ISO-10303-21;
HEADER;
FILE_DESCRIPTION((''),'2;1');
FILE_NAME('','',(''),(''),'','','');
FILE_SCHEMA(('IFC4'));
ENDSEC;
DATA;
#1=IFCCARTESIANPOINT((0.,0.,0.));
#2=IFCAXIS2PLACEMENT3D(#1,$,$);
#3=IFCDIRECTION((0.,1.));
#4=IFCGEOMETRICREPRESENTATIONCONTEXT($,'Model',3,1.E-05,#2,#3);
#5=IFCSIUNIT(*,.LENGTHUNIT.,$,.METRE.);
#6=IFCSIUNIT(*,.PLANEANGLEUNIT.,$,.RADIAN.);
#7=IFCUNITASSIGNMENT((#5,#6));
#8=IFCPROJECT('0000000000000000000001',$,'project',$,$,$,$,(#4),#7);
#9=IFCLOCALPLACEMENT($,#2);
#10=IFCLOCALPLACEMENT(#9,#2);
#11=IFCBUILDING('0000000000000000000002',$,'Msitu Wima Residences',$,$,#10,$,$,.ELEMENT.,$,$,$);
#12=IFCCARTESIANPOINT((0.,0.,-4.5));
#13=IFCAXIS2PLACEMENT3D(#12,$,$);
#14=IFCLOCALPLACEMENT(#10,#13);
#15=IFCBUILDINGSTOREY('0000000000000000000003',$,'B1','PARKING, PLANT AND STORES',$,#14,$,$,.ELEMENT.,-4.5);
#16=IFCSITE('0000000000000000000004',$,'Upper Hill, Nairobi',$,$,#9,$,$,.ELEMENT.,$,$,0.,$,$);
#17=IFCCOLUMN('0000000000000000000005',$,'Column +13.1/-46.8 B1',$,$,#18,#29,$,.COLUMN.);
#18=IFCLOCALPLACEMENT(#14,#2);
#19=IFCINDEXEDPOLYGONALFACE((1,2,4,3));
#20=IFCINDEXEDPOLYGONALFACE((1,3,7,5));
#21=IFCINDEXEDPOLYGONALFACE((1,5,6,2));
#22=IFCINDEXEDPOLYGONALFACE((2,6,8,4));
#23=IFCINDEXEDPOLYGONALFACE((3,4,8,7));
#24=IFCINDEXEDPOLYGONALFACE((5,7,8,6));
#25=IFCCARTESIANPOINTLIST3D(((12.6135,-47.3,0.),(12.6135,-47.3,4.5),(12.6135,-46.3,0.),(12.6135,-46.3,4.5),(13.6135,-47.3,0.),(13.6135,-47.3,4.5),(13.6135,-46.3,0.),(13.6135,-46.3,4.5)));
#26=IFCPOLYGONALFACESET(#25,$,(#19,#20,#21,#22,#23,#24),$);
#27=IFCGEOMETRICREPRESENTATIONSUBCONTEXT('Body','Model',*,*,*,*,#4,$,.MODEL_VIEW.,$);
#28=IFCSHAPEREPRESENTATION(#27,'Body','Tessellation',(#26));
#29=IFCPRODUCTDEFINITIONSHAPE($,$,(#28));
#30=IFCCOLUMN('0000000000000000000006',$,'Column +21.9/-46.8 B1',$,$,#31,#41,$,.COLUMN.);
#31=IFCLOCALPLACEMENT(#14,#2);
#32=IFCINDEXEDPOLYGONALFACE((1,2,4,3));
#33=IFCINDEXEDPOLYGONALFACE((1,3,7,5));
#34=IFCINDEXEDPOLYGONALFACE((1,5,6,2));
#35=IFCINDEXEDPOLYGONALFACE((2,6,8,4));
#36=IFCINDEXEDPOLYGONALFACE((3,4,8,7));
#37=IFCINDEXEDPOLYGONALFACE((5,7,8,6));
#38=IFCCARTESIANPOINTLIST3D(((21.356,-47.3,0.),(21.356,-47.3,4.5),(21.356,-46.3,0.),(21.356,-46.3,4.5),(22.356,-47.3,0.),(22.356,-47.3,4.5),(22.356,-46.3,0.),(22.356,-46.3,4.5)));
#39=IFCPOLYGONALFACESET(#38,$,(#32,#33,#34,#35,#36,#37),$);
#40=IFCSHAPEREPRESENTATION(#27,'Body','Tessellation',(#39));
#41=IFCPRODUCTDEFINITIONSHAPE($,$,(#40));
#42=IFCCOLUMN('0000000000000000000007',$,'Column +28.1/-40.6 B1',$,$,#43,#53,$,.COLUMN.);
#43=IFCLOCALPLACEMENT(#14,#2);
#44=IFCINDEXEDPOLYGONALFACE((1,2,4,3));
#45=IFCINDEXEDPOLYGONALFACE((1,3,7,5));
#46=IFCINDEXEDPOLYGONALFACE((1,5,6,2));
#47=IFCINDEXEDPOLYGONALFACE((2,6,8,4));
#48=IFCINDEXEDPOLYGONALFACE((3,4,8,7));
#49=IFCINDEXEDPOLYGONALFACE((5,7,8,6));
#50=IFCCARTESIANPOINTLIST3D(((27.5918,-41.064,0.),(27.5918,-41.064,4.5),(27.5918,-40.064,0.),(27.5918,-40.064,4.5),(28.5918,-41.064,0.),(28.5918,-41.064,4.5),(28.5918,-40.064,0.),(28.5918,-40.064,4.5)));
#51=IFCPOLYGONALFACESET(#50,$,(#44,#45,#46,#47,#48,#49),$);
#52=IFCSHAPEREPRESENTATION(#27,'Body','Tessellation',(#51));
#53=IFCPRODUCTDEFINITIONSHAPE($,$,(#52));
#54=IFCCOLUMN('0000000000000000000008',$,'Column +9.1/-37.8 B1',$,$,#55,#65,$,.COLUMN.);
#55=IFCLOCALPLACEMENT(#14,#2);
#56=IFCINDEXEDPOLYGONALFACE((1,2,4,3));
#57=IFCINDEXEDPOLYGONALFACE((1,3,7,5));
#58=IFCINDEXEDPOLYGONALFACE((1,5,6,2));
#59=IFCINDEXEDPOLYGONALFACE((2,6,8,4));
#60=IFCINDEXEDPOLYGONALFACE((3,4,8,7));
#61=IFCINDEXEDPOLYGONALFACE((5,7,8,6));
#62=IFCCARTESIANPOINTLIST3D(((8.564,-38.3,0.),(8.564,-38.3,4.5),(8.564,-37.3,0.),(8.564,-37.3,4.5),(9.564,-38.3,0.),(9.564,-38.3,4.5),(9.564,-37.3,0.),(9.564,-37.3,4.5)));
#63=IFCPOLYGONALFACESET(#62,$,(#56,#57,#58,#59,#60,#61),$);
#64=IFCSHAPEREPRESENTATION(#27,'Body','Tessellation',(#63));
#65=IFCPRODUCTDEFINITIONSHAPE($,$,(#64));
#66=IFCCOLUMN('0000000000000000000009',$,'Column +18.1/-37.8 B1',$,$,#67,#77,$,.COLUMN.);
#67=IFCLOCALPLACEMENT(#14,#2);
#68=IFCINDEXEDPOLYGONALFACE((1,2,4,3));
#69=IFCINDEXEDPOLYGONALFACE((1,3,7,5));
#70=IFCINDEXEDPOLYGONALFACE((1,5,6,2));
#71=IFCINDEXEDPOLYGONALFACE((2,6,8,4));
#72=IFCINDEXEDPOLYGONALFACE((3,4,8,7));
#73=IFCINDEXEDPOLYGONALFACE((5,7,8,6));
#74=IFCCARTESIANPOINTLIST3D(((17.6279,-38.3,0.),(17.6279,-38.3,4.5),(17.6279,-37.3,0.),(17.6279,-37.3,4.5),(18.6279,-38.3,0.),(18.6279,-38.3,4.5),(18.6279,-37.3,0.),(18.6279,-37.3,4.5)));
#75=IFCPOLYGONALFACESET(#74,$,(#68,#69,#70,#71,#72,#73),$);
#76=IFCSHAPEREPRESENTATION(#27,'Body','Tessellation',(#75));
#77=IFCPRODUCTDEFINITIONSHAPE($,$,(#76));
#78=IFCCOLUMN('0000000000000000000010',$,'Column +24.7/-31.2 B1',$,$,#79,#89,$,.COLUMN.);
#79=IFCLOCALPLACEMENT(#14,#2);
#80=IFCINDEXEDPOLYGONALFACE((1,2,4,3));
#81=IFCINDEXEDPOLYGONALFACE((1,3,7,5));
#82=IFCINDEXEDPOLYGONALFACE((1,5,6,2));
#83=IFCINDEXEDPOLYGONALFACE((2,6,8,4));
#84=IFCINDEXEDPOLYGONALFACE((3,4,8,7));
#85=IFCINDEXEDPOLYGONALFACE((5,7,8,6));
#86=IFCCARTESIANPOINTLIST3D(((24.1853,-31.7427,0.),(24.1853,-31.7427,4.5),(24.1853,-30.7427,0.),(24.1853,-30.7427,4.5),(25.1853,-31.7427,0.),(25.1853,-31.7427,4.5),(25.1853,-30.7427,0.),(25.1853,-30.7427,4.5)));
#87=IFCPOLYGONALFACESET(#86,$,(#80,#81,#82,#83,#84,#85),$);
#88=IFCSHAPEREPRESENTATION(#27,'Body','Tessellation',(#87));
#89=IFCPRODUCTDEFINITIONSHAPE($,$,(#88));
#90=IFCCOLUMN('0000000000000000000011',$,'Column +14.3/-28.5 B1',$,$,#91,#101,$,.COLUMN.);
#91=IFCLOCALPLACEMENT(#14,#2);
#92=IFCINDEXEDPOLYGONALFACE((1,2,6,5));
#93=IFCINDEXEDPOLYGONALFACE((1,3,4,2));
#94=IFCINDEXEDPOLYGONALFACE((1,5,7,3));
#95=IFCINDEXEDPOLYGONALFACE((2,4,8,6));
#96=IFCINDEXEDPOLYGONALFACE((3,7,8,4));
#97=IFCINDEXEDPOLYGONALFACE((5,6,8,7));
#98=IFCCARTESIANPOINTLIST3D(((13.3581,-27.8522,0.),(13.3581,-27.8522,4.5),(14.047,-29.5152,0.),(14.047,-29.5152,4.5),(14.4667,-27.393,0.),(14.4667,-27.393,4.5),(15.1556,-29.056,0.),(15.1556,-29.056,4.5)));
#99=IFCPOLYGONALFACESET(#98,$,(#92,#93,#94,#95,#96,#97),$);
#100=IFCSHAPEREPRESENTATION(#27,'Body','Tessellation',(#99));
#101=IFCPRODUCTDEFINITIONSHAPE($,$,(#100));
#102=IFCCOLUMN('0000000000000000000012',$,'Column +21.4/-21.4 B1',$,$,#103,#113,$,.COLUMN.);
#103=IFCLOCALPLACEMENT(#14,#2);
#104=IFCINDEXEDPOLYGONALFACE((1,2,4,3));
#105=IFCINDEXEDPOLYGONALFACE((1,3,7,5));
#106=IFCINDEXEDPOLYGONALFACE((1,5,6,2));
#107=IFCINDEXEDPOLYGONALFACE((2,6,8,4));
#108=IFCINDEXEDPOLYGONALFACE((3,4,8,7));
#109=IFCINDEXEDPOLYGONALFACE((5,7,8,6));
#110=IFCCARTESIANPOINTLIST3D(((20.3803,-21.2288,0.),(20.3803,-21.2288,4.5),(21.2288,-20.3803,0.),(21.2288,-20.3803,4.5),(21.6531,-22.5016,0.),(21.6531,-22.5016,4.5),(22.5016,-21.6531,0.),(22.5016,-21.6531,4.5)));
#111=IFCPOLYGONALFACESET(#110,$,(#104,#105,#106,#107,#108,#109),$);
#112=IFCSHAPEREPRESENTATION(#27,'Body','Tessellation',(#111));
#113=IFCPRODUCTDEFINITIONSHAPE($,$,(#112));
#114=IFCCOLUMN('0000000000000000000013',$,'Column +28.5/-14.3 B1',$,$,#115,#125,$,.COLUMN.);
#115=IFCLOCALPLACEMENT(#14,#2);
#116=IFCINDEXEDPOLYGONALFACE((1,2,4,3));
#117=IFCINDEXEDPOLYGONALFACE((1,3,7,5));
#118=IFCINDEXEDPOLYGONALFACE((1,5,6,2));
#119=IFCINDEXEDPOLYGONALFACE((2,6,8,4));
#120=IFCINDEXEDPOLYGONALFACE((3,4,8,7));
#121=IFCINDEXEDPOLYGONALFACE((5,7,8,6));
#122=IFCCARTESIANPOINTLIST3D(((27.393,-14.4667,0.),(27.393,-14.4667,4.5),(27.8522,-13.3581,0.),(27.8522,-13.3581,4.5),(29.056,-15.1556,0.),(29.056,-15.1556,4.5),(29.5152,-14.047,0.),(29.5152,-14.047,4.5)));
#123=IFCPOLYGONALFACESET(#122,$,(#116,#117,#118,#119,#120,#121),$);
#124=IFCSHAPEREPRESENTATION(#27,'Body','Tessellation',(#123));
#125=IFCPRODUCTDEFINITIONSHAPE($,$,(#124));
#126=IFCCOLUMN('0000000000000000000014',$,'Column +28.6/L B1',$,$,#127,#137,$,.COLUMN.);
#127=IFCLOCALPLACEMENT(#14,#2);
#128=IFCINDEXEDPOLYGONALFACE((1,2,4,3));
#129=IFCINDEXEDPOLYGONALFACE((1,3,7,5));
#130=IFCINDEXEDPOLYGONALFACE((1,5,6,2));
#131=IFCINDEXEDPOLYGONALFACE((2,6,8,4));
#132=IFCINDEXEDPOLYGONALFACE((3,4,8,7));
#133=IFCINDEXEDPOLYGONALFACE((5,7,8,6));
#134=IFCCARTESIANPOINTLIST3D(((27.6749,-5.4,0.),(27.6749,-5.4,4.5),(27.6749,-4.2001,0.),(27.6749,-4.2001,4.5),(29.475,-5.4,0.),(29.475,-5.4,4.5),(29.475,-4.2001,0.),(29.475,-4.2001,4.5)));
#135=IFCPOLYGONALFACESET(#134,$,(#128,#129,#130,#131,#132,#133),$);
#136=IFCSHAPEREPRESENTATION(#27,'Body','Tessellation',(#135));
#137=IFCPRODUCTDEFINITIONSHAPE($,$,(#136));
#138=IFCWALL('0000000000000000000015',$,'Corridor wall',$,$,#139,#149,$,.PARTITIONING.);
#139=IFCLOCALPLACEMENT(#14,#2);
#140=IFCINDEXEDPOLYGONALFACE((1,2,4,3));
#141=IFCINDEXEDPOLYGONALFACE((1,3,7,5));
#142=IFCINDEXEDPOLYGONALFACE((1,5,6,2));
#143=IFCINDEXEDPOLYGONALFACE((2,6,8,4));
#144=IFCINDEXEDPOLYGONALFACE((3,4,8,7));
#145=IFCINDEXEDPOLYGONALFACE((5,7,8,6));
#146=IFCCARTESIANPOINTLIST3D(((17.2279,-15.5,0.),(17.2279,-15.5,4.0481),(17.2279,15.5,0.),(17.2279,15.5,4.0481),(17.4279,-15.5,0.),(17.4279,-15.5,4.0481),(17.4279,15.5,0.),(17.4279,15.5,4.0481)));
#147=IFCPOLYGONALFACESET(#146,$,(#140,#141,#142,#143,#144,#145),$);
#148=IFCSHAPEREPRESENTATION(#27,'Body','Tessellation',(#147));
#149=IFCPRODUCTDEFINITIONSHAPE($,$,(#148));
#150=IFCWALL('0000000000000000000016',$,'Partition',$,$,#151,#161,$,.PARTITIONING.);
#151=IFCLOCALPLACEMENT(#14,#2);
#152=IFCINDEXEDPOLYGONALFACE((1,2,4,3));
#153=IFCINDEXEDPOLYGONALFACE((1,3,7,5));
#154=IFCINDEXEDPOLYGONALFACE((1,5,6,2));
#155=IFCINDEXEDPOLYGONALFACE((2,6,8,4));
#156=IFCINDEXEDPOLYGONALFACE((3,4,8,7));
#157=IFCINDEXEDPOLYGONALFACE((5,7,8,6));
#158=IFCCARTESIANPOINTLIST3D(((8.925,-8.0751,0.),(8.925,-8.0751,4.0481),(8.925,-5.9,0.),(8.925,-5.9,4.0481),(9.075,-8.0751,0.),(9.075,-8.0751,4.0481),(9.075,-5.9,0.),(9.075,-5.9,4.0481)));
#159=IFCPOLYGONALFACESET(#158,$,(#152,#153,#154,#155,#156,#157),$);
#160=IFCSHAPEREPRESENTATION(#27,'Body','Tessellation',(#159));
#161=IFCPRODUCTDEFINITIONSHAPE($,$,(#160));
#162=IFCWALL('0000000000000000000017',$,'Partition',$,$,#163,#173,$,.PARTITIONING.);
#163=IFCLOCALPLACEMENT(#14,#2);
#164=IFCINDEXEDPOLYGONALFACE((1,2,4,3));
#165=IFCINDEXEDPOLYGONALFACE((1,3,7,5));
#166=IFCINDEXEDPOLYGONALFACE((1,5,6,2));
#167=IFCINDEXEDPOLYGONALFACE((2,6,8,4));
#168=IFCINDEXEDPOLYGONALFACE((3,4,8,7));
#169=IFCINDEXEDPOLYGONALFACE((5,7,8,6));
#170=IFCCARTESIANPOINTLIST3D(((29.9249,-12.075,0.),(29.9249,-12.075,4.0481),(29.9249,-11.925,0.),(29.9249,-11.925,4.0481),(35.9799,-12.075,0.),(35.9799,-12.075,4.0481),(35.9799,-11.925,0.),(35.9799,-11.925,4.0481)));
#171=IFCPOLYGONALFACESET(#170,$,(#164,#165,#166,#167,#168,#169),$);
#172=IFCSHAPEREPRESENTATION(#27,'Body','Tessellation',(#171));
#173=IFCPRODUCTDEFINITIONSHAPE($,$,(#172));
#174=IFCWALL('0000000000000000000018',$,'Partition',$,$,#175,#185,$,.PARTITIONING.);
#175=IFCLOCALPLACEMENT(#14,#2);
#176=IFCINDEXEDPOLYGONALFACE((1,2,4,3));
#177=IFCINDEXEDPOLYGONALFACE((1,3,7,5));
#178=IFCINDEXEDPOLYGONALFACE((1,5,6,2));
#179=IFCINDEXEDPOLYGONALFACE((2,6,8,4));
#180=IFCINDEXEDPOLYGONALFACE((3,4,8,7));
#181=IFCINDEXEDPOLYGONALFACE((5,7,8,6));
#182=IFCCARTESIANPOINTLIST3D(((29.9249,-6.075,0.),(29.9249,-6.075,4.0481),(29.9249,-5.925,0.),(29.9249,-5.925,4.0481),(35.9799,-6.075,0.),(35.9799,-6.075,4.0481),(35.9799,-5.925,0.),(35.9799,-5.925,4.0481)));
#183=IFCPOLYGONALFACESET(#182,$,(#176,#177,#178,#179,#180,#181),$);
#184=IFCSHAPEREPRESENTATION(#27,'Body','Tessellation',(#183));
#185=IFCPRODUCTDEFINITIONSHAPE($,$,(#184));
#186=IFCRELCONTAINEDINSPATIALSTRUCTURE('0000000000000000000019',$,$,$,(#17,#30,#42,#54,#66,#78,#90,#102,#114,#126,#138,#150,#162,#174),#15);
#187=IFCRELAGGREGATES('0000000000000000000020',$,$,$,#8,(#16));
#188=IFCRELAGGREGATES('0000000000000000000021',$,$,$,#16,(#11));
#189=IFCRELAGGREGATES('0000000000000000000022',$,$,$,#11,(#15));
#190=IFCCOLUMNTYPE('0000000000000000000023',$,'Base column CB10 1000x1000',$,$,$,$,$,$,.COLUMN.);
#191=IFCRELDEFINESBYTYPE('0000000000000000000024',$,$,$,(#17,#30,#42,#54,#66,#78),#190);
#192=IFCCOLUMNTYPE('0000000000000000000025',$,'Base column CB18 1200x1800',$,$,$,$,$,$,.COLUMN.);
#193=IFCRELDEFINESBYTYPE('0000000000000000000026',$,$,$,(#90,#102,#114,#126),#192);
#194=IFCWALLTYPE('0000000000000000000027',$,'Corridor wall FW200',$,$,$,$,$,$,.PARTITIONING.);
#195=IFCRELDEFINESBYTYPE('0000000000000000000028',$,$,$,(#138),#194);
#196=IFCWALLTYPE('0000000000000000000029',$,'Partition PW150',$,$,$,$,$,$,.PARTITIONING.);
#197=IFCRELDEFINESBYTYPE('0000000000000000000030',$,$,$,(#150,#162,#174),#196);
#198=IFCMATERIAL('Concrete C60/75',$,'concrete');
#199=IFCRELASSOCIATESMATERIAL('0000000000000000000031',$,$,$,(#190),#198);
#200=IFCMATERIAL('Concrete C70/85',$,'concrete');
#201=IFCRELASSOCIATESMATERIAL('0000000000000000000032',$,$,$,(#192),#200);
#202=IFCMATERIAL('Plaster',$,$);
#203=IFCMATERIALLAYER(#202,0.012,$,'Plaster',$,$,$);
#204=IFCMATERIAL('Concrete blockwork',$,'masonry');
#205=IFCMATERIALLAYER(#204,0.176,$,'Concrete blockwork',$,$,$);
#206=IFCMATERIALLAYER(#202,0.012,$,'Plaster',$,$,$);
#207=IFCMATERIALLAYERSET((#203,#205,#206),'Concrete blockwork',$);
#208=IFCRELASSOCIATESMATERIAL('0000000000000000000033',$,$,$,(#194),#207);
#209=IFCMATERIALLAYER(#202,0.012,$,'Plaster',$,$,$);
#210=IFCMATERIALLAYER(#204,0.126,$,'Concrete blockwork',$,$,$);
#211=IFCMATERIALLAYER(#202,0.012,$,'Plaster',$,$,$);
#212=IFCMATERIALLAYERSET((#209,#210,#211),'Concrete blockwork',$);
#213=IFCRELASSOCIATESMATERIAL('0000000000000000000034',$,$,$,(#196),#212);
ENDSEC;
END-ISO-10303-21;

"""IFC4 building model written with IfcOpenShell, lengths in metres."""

from ifc_helpers import new_model, si_unit, direction, frame, frame_2d, origin, origin_2d, place, context, subcontext, project, spatial, rectangle, extrude, material, layer, layer_set, material_profile, profile_set, type_object, element, save


model = new_model("IFC4")

# Units and contexts
model_context = context("Model", 3, precision=1e-05, world=origin(), true_north=direction((0.0, 1.0)))
body_context = subcontext(model_context, "Body", "Model", "MODEL_VIEW")
ifc_project = project(units=[si_unit("LENGTHUNIT", "METRE"), si_unit("PLANEANGLEUNIT", "RADIAN")], contexts=[model_context])

# Site, building, storey
site_placement = place(None, origin())
site = spatial("IfcSite", under=ifc_project, at=site_placement, Name="Upper Hill, Nairobi", CompositionType="ELEMENT", RefElevation=0.0)
building_placement = place(site_placement, origin())
building = spatial("IfcBuilding", under=site, at=building_placement, Name="Msitu Wima Residences", CompositionType="ELEMENT")
storey_placement = place(building_placement, frame((0.0, 0.0, -4.5)))
storey = spatial("IfcBuildingStorey", under=building, at=storey_placement, Name="B1", Description="PARKING, PLANT AND STORES", CompositionType="ELEMENT", Elevation=-4.5)

# Columns
ifc_material_1 = material(Name="Concrete C60/75", Category="concrete")
ifc_material_profile_1 = material_profile(ifc_material_1, rectangle(XDim=1.0, YDim=1.0, at=origin_2d()), Name="RC 1000x1000")
ifc_profile_set_1 = profile_set([ifc_material_profile_1], Name="Concrete C60/75")
column_type_1 = type_object("IfcColumnType", Name="Base column CB10 1000x1000", PredefinedType="COLUMN", material=ifc_profile_set_1)
for number, where, z_axis, x_axis, name in (
    (1, (13.1135, -46.8, 0.0), (0.0, 0.0, 1.0), (1.0, 0.0, 0.0), "Column +13.1/-46.8 B1"),
    (2, (21.856, -46.8, 0.0), (0.0, 0.0, 1.0), (1.0, 0.0, 0.0), "Column +21.9/-46.8 B1"),
    (3, (28.0918, -40.564, 0.0), (0.0, 0.0, 1.0), (1.0, 0.0, 0.0), "Column +28.1/-40.6 B1"),
    (4, (9.064, -37.8, 0.0), (0.0, 0.0, 1.0), (1.0, 0.0, 0.0), "Column +9.1/-37.8 B1"),
    (5, (18.1279, -37.8, 0.0), (0.0, 0.0, 1.0), (1.0, 0.0, 0.0), "Column +18.1/-37.8 B1"),
    (6, (24.6853, -31.2427, 0.0), (0.0, 0.0, 1.0), (1.0, 0.0, 0.0), "Column +24.7/-31.2 B1"),
):
    element("IfcColumn", number, at=place(storey_placement, frame(where, z_axis=z_axis, x_axis=x_axis)), inside=storey, type_object=column_type_1, Name=name, PredefinedType="COLUMN", context=body_context, shape_type="SweptSolid", body=[
        extrude(rectangle(XDim=1.0, YDim=1.0, at=origin_2d()), origin(), (0.0, 0.0, 1.0), 4.5),
    ])
ifc_material_2 = material(Name="Concrete C70/85", Category="concrete")
ifc_material_profile_2 = material_profile(ifc_material_2, rectangle(XDim=1.2, YDim=1.8, at=origin_2d()), Name="RC 1200x1800")
ifc_profile_set_2 = profile_set([ifc_material_profile_2], Name="Concrete C70/85")
column_type_2 = type_object("IfcColumnType", Name="Base column CB18 1200x1800", PredefinedType="COLUMN", material=ifc_profile_set_2)
for number, where, z_axis, x_axis, name in (
    (7, (14.2568, -28.4541, 0.0), (0.0, 0.0, 1.0), (0.92388, 0.382683, 0.0), "Column +14.3/-28.5 B1"),
    (8, (21.4409, -21.4409, 0.0), (0.0, 0.0, 1.0), (0.707107, 0.707107, 0.0), "Column +21.4/-21.4 B1"),
    (9, (28.4541, -14.2568, 0.0), (0.0, 0.0, 1.0), (0.382683, 0.92388, 0.0), "Column +28.5/-14.3 B1"),
    (10, (28.575, -4.8, 0.0), (0.0, 0.0, 1.0), (0.0, 1.0, 0.0), "Column +28.6/L B1"),
):
    element("IfcColumn", number, at=place(storey_placement, frame(where, z_axis=z_axis, x_axis=x_axis)), inside=storey, type_object=column_type_2, Name=name, PredefinedType="COLUMN", context=body_context, shape_type="SweptSolid", body=[
        extrude(rectangle(XDim=1.2, YDim=1.8, at=origin_2d()), origin(), (0.0, 0.0, 1.0), 4.5),
    ])

# Walls
ifc_material_3 = material(Name="Plaster")
ifc_layer_1 = layer(ifc_material_3, 0.012, Name="Plaster")
ifc_material_4 = material(Name="Concrete blockwork", Category="masonry")
ifc_layer_2 = layer(ifc_material_4, 0.176, Name="Concrete blockwork")
ifc_layer_3 = layer(ifc_material_3, 0.012, Name="Plaster")
ifc_layer_set_1 = layer_set([ifc_layer_1, ifc_layer_2, ifc_layer_3], Name="Concrete blockwork")
wall_type_1 = type_object("IfcWallType", Name="Corridor wall FW200", PredefinedType="PARTITIONING", material=ifc_layer_set_1)
wall_1_placement = place(storey_placement, frame((17.3279, -15.5, 0.0), z_axis=(0.0, 0.0, 1.0), x_axis=(0.0, 1.0, 0.0)))
element("IfcWall", 11, at=wall_1_placement, inside=storey, type_object=wall_type_1, Name="Corridor wall", PredefinedType="PARTITIONING", context=body_context, shape_type="SweptSolid", body=[
    extrude(rectangle(XDim=31.0, YDim=0.2, at=frame_2d((15.5, 0.0))), origin(), (0.0, 0.0, 1.0), 4.0481),
])
ifc_layer_4 = layer(ifc_material_3, 0.012, Name="Plaster")
ifc_layer_5 = layer(ifc_material_4, 0.126, Name="Concrete blockwork")
ifc_layer_6 = layer(ifc_material_3, 0.012, Name="Plaster")
ifc_layer_set_2 = layer_set([ifc_layer_4, ifc_layer_5, ifc_layer_6], Name="Concrete blockwork")
wall_type_2 = type_object("IfcWallType", Name="Partition PW150", PredefinedType="PARTITIONING", material=ifc_layer_set_2)
wall_2_placement = place(storey_placement, frame((9.0, -8.075, 0.0), z_axis=(0.0, 0.0, 1.0), x_axis=(0.0, 1.0, 0.0)))
element("IfcWall", 12, at=wall_2_placement, inside=storey, type_object=wall_type_2, Name="Partition", PredefinedType="PARTITIONING", context=body_context, shape_type="SweptSolid", body=[
    extrude(rectangle(XDim=2.175, YDim=0.1499, at=frame_2d((1.0874, 0.0))), origin(), (0.0, 0.0, 1.0), 4.0481),
])
for number, where, z_axis, x_axis, name in (
    (13, (29.925, -12.0, 0.0), (0.0, 0.0, 1.0), (1.0, 0.0, 0.0), "Partition"),
    (14, (29.925, -6.0, 0.0), (0.0, 0.0, 1.0), (1.0, 0.0, 0.0), "Partition"),
):
    element("IfcWall", number, at=place(storey_placement, frame(where, z_axis=z_axis, x_axis=x_axis)), inside=storey, type_object=wall_type_2, Name=name, PredefinedType="PARTITIONING", context=body_context, shape_type="SweptSolid", body=[
        extrude(rectangle(XDim=6.0549, YDim=0.1499, at=frame_2d((3.0273, 0.0))), origin(), (0.0, 0.0, 1.0), 4.0481),
    ])

save(model, "model.ifc")
